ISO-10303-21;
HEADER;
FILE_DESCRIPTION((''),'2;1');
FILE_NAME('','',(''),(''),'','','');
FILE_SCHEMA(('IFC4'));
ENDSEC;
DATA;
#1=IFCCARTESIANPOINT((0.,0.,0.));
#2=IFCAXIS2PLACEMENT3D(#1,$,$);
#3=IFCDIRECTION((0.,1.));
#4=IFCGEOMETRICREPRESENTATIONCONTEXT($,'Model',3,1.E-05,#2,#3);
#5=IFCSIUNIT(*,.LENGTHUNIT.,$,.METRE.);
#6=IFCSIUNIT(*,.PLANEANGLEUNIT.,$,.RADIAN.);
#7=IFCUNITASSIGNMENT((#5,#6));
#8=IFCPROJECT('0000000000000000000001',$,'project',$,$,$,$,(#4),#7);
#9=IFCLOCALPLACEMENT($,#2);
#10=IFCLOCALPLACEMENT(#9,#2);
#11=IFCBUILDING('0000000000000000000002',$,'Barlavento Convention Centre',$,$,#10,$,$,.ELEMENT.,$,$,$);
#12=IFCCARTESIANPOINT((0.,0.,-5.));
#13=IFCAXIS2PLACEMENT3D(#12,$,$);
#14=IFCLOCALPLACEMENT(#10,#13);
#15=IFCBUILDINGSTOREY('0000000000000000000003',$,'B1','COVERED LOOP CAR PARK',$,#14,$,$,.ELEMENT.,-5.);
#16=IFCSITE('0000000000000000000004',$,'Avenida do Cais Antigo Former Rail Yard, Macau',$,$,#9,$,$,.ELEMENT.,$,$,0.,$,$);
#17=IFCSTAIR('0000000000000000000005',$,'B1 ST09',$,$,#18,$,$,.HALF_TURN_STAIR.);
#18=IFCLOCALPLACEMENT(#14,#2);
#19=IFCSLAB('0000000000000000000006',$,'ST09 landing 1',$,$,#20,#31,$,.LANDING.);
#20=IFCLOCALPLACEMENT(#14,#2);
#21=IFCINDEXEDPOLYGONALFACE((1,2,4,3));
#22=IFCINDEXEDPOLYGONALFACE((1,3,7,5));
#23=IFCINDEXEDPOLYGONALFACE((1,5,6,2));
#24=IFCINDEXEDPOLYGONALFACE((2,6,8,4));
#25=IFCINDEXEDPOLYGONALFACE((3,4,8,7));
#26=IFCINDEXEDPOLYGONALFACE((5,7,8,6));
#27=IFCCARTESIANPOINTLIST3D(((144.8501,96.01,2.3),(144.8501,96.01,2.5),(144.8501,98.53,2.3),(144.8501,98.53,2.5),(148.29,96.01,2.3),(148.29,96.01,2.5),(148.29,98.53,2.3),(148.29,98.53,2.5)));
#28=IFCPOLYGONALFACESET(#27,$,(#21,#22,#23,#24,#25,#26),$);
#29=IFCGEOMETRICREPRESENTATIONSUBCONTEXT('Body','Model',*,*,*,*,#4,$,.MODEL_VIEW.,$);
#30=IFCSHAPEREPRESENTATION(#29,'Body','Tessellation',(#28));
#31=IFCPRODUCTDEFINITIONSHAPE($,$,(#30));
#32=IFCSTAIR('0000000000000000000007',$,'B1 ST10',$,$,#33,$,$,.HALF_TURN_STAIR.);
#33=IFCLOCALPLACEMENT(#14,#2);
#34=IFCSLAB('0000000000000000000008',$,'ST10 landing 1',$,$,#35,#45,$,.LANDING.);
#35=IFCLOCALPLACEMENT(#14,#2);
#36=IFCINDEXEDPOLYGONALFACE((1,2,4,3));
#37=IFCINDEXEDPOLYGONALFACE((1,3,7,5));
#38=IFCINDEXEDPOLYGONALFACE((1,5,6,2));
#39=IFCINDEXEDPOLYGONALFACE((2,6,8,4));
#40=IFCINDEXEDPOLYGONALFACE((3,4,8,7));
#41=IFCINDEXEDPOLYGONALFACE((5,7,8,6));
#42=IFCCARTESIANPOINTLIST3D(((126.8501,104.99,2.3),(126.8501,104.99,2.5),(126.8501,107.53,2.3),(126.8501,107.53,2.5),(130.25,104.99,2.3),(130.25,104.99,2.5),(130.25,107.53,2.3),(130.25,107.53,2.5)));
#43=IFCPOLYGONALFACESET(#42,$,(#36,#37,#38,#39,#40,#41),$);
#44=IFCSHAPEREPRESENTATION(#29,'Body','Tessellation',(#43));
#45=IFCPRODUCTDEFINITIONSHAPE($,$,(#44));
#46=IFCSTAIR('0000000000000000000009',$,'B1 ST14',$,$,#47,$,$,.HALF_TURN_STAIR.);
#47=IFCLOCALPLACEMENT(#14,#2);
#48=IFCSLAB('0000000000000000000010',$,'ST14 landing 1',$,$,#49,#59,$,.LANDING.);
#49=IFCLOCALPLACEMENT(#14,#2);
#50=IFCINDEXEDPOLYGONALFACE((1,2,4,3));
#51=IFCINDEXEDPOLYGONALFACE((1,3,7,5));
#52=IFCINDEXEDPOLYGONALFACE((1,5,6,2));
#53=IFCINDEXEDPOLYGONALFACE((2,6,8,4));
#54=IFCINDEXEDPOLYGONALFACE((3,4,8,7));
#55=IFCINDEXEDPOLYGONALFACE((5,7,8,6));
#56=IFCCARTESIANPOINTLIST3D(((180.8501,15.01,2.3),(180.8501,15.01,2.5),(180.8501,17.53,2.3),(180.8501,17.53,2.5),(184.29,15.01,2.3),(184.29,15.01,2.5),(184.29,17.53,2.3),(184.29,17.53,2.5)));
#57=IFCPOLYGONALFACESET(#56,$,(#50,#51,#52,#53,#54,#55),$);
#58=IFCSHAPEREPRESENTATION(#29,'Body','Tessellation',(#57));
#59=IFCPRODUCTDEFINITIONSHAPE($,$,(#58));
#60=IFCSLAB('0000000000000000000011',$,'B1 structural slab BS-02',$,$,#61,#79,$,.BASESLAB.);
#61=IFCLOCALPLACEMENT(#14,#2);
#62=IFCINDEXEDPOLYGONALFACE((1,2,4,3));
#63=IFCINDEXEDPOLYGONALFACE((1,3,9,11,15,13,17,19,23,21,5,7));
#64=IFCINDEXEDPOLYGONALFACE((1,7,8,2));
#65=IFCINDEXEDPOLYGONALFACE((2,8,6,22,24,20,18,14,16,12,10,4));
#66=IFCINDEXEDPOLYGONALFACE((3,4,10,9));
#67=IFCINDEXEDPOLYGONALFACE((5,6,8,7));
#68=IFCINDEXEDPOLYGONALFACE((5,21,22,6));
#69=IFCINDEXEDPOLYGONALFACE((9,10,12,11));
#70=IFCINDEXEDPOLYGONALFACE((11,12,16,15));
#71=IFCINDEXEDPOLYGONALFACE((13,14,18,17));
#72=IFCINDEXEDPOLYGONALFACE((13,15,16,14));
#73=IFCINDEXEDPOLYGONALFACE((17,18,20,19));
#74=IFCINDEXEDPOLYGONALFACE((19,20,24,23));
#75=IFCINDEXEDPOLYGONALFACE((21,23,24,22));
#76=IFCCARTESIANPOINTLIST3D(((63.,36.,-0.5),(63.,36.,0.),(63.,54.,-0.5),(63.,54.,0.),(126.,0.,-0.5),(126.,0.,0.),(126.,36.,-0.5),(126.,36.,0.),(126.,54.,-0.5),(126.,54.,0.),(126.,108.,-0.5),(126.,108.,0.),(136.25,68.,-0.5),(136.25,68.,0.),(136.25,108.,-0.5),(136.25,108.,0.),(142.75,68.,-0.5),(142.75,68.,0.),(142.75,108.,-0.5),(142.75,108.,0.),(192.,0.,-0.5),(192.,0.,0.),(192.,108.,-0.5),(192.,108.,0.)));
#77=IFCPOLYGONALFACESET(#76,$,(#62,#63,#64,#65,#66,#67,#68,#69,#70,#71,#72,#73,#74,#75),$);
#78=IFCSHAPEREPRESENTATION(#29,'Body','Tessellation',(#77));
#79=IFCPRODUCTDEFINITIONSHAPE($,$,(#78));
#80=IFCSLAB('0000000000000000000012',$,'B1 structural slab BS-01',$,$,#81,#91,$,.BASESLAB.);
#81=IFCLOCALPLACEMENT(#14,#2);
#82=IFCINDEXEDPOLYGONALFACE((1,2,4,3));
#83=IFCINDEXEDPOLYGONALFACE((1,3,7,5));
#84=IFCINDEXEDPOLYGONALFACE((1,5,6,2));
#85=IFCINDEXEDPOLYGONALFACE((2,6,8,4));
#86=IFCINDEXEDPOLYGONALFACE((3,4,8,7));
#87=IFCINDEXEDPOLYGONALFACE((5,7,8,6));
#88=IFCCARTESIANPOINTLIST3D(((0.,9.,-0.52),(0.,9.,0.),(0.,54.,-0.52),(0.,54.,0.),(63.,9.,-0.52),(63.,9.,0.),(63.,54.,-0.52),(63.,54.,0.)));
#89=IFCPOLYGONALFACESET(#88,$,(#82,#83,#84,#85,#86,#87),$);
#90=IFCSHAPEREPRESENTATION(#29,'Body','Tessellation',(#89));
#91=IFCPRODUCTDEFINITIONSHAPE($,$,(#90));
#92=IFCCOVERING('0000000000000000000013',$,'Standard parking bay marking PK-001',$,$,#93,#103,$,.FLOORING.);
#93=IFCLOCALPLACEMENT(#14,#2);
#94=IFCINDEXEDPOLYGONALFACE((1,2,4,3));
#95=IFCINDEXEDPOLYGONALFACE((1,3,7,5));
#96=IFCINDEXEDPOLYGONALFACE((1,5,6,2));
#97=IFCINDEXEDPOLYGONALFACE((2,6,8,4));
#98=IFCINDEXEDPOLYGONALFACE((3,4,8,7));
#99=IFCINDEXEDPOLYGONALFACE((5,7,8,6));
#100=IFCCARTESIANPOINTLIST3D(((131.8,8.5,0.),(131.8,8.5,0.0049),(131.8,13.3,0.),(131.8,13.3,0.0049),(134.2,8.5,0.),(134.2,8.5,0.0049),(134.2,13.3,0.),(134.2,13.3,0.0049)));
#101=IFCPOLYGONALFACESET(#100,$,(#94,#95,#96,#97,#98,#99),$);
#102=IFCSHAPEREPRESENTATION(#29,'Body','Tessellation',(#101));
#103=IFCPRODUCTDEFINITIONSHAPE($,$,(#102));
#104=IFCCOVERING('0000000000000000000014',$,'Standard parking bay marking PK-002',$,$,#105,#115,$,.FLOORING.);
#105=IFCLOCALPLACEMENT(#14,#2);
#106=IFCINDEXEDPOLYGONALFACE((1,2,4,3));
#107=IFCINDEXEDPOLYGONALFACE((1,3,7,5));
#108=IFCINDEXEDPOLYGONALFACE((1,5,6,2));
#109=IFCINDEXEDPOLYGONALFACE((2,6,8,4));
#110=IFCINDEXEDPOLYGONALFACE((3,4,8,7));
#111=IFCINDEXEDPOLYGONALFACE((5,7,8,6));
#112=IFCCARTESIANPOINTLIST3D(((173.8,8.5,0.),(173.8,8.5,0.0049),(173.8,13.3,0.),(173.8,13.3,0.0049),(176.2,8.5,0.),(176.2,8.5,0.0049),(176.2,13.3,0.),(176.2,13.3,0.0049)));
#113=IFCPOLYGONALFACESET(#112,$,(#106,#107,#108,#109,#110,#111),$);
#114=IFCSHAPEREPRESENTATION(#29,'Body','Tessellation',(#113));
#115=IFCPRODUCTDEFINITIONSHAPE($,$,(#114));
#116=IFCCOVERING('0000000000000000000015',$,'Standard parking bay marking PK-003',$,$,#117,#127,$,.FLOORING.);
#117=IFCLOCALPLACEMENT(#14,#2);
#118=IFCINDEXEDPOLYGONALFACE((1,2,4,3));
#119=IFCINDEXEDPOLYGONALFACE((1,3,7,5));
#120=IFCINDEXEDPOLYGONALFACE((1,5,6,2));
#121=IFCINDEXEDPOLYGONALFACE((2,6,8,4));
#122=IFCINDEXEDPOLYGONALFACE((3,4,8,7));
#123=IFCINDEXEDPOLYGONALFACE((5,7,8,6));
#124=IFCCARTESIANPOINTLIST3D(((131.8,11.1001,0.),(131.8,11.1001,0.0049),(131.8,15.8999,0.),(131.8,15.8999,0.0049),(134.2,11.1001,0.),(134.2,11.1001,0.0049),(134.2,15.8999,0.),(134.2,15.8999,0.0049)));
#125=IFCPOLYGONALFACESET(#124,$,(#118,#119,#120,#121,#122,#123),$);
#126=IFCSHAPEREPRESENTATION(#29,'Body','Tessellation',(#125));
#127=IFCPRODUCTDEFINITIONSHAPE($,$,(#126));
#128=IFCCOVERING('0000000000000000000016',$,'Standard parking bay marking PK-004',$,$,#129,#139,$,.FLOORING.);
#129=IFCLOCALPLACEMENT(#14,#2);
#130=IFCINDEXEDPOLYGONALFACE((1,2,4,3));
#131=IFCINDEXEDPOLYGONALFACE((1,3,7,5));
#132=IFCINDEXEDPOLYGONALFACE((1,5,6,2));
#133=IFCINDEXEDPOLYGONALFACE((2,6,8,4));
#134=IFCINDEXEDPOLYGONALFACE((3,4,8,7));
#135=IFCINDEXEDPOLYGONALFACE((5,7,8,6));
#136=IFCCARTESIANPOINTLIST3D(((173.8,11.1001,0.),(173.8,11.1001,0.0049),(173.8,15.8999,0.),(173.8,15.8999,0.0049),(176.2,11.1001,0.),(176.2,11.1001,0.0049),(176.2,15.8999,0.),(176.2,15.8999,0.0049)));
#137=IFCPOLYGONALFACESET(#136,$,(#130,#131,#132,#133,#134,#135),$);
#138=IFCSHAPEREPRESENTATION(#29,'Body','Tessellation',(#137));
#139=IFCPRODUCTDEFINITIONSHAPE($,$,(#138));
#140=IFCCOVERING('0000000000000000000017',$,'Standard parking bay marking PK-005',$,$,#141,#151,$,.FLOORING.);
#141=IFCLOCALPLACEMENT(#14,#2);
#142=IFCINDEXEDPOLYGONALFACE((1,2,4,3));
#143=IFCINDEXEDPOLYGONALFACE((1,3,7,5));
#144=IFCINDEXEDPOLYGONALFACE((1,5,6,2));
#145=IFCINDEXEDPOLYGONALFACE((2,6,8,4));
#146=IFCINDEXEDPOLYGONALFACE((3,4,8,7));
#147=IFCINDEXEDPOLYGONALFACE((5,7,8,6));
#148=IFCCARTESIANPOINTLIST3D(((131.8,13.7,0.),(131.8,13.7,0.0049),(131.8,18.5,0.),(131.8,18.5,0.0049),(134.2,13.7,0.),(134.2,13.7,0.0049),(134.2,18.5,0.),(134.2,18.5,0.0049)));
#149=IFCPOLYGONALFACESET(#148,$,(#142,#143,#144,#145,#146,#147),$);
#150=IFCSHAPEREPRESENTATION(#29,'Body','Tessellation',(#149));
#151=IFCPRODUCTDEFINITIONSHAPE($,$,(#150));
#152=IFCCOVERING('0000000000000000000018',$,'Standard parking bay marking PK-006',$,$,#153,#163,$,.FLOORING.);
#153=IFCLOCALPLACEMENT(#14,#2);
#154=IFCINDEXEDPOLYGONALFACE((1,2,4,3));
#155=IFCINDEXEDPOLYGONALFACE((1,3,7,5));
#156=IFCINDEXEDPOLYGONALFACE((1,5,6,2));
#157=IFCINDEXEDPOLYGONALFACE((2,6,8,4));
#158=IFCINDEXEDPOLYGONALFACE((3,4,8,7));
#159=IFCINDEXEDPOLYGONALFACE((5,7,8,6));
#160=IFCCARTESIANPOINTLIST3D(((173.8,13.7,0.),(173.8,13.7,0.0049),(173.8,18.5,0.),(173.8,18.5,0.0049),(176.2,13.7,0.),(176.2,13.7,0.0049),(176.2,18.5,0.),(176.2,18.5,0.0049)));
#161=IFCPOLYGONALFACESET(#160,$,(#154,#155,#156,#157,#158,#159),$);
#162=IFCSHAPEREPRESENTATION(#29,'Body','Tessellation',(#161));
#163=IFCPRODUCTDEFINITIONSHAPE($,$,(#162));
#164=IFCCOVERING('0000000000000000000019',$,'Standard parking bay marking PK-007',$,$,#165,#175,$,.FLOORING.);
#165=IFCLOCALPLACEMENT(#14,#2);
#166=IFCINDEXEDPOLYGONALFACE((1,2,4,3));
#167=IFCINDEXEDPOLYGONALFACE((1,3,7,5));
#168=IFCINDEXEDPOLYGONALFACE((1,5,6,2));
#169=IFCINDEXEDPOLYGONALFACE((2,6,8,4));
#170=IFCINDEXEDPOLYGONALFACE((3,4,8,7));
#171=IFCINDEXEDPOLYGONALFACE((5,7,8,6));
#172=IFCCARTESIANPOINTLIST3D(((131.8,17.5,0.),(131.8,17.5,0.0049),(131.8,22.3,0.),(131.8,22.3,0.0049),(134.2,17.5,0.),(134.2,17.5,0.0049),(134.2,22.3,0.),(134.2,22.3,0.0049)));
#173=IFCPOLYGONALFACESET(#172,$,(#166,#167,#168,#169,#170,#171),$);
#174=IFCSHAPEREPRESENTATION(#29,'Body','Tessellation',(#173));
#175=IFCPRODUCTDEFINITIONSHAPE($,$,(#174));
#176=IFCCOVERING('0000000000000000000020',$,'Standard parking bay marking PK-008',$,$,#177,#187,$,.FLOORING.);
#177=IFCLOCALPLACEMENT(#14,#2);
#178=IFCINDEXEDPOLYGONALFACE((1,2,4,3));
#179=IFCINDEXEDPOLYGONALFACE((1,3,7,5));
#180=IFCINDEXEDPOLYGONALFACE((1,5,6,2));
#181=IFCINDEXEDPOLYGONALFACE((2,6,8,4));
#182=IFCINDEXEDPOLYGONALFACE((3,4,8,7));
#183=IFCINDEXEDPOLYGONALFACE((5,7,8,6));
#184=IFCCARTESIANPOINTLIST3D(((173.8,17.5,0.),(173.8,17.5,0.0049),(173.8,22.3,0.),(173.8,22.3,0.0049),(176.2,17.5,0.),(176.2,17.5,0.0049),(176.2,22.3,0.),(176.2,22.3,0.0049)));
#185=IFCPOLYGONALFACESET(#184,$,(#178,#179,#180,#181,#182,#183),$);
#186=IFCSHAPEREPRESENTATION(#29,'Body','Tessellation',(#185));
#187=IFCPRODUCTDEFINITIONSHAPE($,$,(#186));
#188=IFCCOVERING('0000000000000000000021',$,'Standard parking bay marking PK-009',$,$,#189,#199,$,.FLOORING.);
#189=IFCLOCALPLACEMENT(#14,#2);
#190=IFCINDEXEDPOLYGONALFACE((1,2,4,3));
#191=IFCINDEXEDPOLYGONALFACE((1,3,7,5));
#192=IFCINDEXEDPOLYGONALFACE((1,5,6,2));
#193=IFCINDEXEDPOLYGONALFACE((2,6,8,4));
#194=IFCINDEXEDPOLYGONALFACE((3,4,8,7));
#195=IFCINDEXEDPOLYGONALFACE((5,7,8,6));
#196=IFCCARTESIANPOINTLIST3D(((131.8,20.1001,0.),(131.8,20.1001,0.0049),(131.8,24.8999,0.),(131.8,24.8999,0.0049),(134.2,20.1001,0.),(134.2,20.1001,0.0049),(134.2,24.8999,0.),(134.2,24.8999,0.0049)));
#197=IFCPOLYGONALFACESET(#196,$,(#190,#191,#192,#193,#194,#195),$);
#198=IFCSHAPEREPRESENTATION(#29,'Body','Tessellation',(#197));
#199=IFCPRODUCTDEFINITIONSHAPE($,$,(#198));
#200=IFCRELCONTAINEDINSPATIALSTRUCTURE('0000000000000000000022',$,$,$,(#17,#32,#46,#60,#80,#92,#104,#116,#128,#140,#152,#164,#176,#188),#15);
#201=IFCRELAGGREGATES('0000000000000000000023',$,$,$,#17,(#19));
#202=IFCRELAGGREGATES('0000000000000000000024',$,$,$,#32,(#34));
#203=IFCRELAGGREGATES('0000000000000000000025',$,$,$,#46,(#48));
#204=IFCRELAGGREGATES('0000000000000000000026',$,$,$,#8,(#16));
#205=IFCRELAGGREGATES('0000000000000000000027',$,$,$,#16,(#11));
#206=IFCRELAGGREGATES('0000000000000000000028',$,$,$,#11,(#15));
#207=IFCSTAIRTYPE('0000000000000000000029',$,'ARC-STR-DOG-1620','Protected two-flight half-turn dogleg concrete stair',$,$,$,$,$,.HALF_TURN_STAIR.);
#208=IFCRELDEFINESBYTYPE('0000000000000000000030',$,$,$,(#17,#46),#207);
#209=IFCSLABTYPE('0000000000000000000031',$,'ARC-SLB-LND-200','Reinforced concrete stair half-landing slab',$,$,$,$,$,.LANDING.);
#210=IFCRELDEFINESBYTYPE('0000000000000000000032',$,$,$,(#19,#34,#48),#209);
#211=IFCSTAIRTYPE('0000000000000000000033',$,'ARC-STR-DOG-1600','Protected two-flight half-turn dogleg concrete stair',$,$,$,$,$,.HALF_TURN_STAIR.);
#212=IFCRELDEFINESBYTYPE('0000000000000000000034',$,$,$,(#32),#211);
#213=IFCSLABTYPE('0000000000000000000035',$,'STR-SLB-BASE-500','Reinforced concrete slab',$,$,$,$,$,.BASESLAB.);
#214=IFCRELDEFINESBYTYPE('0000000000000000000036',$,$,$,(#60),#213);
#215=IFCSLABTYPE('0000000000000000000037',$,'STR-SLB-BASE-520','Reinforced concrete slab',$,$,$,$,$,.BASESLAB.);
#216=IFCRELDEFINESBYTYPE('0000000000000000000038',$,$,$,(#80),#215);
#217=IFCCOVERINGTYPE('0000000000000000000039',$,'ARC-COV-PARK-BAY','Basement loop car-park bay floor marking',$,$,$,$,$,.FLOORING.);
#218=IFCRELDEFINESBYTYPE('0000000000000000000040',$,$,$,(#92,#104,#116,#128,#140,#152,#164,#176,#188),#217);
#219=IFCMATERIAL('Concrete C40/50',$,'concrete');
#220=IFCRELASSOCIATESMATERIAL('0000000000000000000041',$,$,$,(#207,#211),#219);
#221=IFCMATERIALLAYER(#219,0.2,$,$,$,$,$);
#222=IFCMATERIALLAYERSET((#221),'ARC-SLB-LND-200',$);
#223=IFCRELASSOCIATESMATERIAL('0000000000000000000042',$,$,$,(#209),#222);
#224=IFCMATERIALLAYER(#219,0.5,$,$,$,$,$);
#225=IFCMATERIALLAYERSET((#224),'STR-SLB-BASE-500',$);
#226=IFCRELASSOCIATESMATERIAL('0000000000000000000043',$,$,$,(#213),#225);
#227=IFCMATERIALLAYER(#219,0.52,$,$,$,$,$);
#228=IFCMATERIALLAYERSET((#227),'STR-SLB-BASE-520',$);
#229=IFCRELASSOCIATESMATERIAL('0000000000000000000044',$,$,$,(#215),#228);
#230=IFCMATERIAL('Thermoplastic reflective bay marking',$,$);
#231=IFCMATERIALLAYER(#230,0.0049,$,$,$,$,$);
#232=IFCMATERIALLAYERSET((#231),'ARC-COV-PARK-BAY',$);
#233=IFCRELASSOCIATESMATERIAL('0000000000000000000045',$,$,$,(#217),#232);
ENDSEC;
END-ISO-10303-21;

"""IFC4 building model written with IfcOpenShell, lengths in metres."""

from ifc_helpers import new_model, si_unit, direction, frame, origin, place, context, subcontext, project, spatial, polyline, outline, extrude, material, layer, layer_set, type_object, element, aggregate, save


model = new_model("IFC4")

# Units and contexts
model_context = context("Model", 3, precision=1e-05, world=origin(), true_north=direction((0.0, 1.0)))
body_context = subcontext(model_context, "Body", "Model", "MODEL_VIEW")
ifc_project = project(units=[si_unit("LENGTHUNIT", "METRE"), si_unit("PLANEANGLEUNIT", "RADIAN")], contexts=[model_context])

# Site, building, storey
site_placement = place(None, origin())
site = spatial("IfcSite", under=ifc_project, at=site_placement, Name="Avenida do Cais Antigo Former Rail Yard, Macau", CompositionType="ELEMENT", RefElevation=0.0)
building_placement = place(site_placement, origin())
building = spatial("IfcBuilding", under=site, at=building_placement, Name="Barlavento Convention Centre", CompositionType="ELEMENT")
storey_placement = place(building_placement, frame((0.0, 0.0, -5.0)))
storey = spatial("IfcBuildingStorey", under=building, at=storey_placement, Name="B1", Description="COVERED LOOP CAR PARK", CompositionType="ELEMENT", Elevation=-5.0)

# Shared definitions
ifc_material_1 = material(Name="Concrete C40/50", Category="concrete")

# Stairs, slabs
stair_type_1 = type_object("IfcStairType", Name="ARC-STR-DOG-1620", Description="Protected two-flight half-turn dogleg concrete stair", PredefinedType="HALF_TURN_STAIR", material=ifc_material_1)
ifc_layer_1 = layer(ifc_material_1, 0.2)
ifc_layer_set_1 = layer_set([ifc_layer_1], Name="ARC-SLB-LND-200")
slab_type_1 = type_object("IfcSlabType", Name="ARC-SLB-LND-200", Description="Reinforced concrete stair half-landing slab", PredefinedType="LANDING", material=ifc_layer_set_1)
stair_1_placement = place(storey_placement, origin())
stair_1 = element("IfcStair", 1, at=stair_1_placement, inside=storey, type_object=stair_type_1, Name="B1 ST09", PredefinedType="HALF_TURN_STAIR")
slab_1_placement = place(storey_placement, frame((0.0, 0.0, 2.3)))
slab_1 = element("IfcSlab", 2, at=slab_1_placement, type_object=slab_type_1, Name="ST09 landing 1", PredefinedType="LANDING", context=body_context, shape_type="SweptSolid", body=[
    extrude(outline(polyline([(148.29, 96.01), (148.29, 98.53), (144.8501, 98.53), (144.8501, 96.01), (148.29, 96.01)])), origin(), (0.0, 0.0, 1.0), 0.2),
])
aggregate(stair_1, [slab_1])
stair_type_2 = type_object("IfcStairType", Name="ARC-STR-DOG-1600", Description="Protected two-flight half-turn dogleg concrete stair", PredefinedType="HALF_TURN_STAIR", material=ifc_material_1)
stair_2_placement = place(storey_placement, origin())
stair_2 = element("IfcStair", 3, at=stair_2_placement, inside=storey, type_object=stair_type_2, Name="B1 ST10", PredefinedType="HALF_TURN_STAIR")
slab_2_placement = place(storey_placement, frame((0.0, 0.0, 2.3)))
slab_2 = element("IfcSlab", 4, at=slab_2_placement, type_object=slab_type_1, Name="ST10 landing 1", PredefinedType="LANDING", context=body_context, shape_type="SweptSolid", body=[
    extrude(outline(polyline([(130.25, 104.99), (130.25, 107.53), (126.8501, 107.53), (126.8501, 104.99), (130.25, 104.99)])), origin(), (0.0, 0.0, 1.0), 0.2),
])
aggregate(stair_2, [slab_2])
stair_3_placement = place(storey_placement, origin())
stair_3 = element("IfcStair", 5, at=stair_3_placement, inside=storey, type_object=stair_type_1, Name="B1 ST14", PredefinedType="HALF_TURN_STAIR")
slab_3_placement = place(storey_placement, frame((0.0, 0.0, 2.3)))
slab_3 = element("IfcSlab", 6, at=slab_3_placement, type_object=slab_type_1, Name="ST14 landing 1", PredefinedType="LANDING", context=body_context, shape_type="SweptSolid", body=[
    extrude(outline(polyline([(184.29, 15.01), (184.29, 17.53), (180.8501, 17.53), (180.8501, 15.01), (184.29, 15.01)])), origin(), (0.0, 0.0, 1.0), 0.2),
])
aggregate(stair_3, [slab_3])

# Slabs
ifc_layer_2 = layer(ifc_material_1, 0.5)
ifc_layer_set_2 = layer_set([ifc_layer_2], Name="STR-SLB-BASE-500")
slab_type_2 = type_object("IfcSlabType", Name="STR-SLB-BASE-500", Description="Reinforced concrete slab", PredefinedType="BASESLAB", material=ifc_layer_set_2)
slab_4_placement = place(storey_placement, frame((0.0, 0.0, -0.5)))
element("IfcSlab", 7, at=slab_4_placement, inside=storey, type_object=slab_type_2, Name="B1 structural slab BS-02", PredefinedType="BASESLAB", context=body_context, shape_type="SweptSolid", body=[
    extrude(outline(polyline([(63.0, 36.0), (126.0, 36.0), (126.0, 0.0), (192.0, 0.0), (192.0, 108.0), (142.75, 108.0), (142.75, 68.0), (136.25, 68.0), (136.25, 108.0), (126.0, 108.0), (126.0, 54.0), (63.0, 54.0), (63.0, 36.0)])), origin(), (0.0, 0.0, 1.0), 0.5),
])
ifc_layer_3 = layer(ifc_material_1, 0.52)
ifc_layer_set_3 = layer_set([ifc_layer_3], Name="STR-SLB-BASE-520")
slab_type_3 = type_object("IfcSlabType", Name="STR-SLB-BASE-520", Description="Reinforced concrete slab", PredefinedType="BASESLAB", material=ifc_layer_set_3)
slab_5_placement = place(storey_placement, frame((0.0, 0.0, -0.52)))
element("IfcSlab", 8, at=slab_5_placement, inside=storey, type_object=slab_type_3, Name="B1 structural slab BS-01", PredefinedType="BASESLAB", context=body_context, shape_type="SweptSolid", body=[
    extrude(outline(polyline([(0.0, 9.0), (63.0, 9.0), (63.0, 54.0), (0.0, 54.0), (0.0, 9.0)])), origin(), (0.0, 0.0, 1.0), 0.52),
])

# Coverings
ifc_material_2 = material(Name="Thermoplastic reflective bay marking")
ifc_layer_4 = layer(ifc_material_2, 0.0049)
ifc_layer_set_4 = layer_set([ifc_layer_4], Name="ARC-COV-PARK-BAY")
covering_type = type_object("IfcCoveringType", Name="ARC-COV-PARK-BAY", Description="Basement loop car-park bay floor marking", PredefinedType="FLOORING", material=ifc_layer_set_4)
covering_1_placement = place(storey_placement, origin())
element("IfcCovering", 9, at=covering_1_placement, inside=storey, type_object=covering_type, Name="Standard parking bay marking PK-001", PredefinedType="FLOORING", context=body_context, shape_type="SweptSolid", body=[
    extrude(outline(polyline([(131.8, 8.5), (134.2, 8.5), (134.2, 13.3), (131.8, 13.3), (131.8, 8.5)])), origin(), (0.0, 0.0, 1.0), 0.0049),
])
covering_2_placement = place(storey_placement, origin())
element("IfcCovering", 10, at=covering_2_placement, inside=storey, type_object=covering_type, Name="Standard parking bay marking PK-002", PredefinedType="FLOORING", context=body_context, shape_type="SweptSolid", body=[
    extrude(outline(polyline([(173.8, 8.5), (176.2, 8.5), (176.2, 13.3), (173.8, 13.3), (173.8, 8.5)])), origin(), (0.0, 0.0, 1.0), 0.0049),
])
covering_3_placement = place(storey_placement, origin())
element("IfcCovering", 11, at=covering_3_placement, inside=storey, type_object=covering_type, Name="Standard parking bay marking PK-003", PredefinedType="FLOORING", context=body_context, shape_type="SweptSolid", body=[
    extrude(outline(polyline([(131.8, 11.1001), (134.2, 11.1001), (134.2, 15.8999), (131.8, 15.8999), (131.8, 11.1001)])), origin(), (0.0, 0.0, 1.0), 0.0049),
])
covering_4_placement = place(storey_placement, origin())
element("IfcCovering", 12, at=covering_4_placement, inside=storey, type_object=covering_type, Name="Standard parking bay marking PK-004", PredefinedType="FLOORING", context=body_context, shape_type="SweptSolid", body=[
    extrude(outline(polyline([(173.8, 11.1001), (176.2, 11.1001), (176.2, 15.8999), (173.8, 15.8999), (173.8, 11.1001)])), origin(), (0.0, 0.0, 1.0), 0.0049),
])
covering_5_placement = place(storey_placement, origin())
element("IfcCovering", 13, at=covering_5_placement, inside=storey, type_object=covering_type, Name="Standard parking bay marking PK-005", PredefinedType="FLOORING", context=body_context, shape_type="SweptSolid", body=[
    extrude(outline(polyline([(131.8, 13.7), (134.2, 13.7), (134.2, 18.5), (131.8, 18.5), (131.8, 13.7)])), origin(), (0.0, 0.0, 1.0), 0.0049),
])
covering_6_placement = place(storey_placement, origin())
element("IfcCovering", 14, at=covering_6_placement, inside=storey, type_object=covering_type, Name="Standard parking bay marking PK-006", PredefinedType="FLOORING", context=body_context, shape_type="SweptSolid", body=[
    extrude(outline(polyline([(173.8, 13.7), (176.2, 13.7), (176.2, 18.5), (173.8, 18.5), (173.8, 13.7)])), origin(), (0.0, 0.0, 1.0), 0.0049),
])
covering_7_placement = place(storey_placement, origin())
element("IfcCovering", 15, at=covering_7_placement, inside=storey, type_object=covering_type, Name="Standard parking bay marking PK-007", PredefinedType="FLOORING", context=body_context, shape_type="SweptSolid", body=[
    extrude(outline(polyline([(131.8, 17.5), (134.2, 17.5), (134.2, 22.3), (131.8, 22.3), (131.8, 17.5)])), origin(), (0.0, 0.0, 1.0), 0.0049),
])
covering_8_placement = place(storey_placement, origin())
element("IfcCovering", 16, at=covering_8_placement, inside=storey, type_object=covering_type, Name="Standard parking bay marking PK-008", PredefinedType="FLOORING", context=body_context, shape_type="SweptSolid", body=[
    extrude(outline(polyline([(173.8, 17.5), (176.2, 17.5), (176.2, 22.3), (173.8, 22.3), (173.8, 17.5)])), origin(), (0.0, 0.0, 1.0), 0.0049),
])
covering_9_placement = place(storey_placement, origin())
element("IfcCovering", 17, at=covering_9_placement, inside=storey, type_object=covering_type, Name="Standard parking bay marking PK-009", PredefinedType="FLOORING", context=body_context, shape_type="SweptSolid", body=[
    extrude(outline(polyline([(131.8, 20.1001), (134.2, 20.1001), (134.2, 24.8999), (131.8, 24.8999), (131.8, 20.1001)])), origin(), (0.0, 0.0, 1.0), 0.0049),
])

save(model, "model.ifc")
